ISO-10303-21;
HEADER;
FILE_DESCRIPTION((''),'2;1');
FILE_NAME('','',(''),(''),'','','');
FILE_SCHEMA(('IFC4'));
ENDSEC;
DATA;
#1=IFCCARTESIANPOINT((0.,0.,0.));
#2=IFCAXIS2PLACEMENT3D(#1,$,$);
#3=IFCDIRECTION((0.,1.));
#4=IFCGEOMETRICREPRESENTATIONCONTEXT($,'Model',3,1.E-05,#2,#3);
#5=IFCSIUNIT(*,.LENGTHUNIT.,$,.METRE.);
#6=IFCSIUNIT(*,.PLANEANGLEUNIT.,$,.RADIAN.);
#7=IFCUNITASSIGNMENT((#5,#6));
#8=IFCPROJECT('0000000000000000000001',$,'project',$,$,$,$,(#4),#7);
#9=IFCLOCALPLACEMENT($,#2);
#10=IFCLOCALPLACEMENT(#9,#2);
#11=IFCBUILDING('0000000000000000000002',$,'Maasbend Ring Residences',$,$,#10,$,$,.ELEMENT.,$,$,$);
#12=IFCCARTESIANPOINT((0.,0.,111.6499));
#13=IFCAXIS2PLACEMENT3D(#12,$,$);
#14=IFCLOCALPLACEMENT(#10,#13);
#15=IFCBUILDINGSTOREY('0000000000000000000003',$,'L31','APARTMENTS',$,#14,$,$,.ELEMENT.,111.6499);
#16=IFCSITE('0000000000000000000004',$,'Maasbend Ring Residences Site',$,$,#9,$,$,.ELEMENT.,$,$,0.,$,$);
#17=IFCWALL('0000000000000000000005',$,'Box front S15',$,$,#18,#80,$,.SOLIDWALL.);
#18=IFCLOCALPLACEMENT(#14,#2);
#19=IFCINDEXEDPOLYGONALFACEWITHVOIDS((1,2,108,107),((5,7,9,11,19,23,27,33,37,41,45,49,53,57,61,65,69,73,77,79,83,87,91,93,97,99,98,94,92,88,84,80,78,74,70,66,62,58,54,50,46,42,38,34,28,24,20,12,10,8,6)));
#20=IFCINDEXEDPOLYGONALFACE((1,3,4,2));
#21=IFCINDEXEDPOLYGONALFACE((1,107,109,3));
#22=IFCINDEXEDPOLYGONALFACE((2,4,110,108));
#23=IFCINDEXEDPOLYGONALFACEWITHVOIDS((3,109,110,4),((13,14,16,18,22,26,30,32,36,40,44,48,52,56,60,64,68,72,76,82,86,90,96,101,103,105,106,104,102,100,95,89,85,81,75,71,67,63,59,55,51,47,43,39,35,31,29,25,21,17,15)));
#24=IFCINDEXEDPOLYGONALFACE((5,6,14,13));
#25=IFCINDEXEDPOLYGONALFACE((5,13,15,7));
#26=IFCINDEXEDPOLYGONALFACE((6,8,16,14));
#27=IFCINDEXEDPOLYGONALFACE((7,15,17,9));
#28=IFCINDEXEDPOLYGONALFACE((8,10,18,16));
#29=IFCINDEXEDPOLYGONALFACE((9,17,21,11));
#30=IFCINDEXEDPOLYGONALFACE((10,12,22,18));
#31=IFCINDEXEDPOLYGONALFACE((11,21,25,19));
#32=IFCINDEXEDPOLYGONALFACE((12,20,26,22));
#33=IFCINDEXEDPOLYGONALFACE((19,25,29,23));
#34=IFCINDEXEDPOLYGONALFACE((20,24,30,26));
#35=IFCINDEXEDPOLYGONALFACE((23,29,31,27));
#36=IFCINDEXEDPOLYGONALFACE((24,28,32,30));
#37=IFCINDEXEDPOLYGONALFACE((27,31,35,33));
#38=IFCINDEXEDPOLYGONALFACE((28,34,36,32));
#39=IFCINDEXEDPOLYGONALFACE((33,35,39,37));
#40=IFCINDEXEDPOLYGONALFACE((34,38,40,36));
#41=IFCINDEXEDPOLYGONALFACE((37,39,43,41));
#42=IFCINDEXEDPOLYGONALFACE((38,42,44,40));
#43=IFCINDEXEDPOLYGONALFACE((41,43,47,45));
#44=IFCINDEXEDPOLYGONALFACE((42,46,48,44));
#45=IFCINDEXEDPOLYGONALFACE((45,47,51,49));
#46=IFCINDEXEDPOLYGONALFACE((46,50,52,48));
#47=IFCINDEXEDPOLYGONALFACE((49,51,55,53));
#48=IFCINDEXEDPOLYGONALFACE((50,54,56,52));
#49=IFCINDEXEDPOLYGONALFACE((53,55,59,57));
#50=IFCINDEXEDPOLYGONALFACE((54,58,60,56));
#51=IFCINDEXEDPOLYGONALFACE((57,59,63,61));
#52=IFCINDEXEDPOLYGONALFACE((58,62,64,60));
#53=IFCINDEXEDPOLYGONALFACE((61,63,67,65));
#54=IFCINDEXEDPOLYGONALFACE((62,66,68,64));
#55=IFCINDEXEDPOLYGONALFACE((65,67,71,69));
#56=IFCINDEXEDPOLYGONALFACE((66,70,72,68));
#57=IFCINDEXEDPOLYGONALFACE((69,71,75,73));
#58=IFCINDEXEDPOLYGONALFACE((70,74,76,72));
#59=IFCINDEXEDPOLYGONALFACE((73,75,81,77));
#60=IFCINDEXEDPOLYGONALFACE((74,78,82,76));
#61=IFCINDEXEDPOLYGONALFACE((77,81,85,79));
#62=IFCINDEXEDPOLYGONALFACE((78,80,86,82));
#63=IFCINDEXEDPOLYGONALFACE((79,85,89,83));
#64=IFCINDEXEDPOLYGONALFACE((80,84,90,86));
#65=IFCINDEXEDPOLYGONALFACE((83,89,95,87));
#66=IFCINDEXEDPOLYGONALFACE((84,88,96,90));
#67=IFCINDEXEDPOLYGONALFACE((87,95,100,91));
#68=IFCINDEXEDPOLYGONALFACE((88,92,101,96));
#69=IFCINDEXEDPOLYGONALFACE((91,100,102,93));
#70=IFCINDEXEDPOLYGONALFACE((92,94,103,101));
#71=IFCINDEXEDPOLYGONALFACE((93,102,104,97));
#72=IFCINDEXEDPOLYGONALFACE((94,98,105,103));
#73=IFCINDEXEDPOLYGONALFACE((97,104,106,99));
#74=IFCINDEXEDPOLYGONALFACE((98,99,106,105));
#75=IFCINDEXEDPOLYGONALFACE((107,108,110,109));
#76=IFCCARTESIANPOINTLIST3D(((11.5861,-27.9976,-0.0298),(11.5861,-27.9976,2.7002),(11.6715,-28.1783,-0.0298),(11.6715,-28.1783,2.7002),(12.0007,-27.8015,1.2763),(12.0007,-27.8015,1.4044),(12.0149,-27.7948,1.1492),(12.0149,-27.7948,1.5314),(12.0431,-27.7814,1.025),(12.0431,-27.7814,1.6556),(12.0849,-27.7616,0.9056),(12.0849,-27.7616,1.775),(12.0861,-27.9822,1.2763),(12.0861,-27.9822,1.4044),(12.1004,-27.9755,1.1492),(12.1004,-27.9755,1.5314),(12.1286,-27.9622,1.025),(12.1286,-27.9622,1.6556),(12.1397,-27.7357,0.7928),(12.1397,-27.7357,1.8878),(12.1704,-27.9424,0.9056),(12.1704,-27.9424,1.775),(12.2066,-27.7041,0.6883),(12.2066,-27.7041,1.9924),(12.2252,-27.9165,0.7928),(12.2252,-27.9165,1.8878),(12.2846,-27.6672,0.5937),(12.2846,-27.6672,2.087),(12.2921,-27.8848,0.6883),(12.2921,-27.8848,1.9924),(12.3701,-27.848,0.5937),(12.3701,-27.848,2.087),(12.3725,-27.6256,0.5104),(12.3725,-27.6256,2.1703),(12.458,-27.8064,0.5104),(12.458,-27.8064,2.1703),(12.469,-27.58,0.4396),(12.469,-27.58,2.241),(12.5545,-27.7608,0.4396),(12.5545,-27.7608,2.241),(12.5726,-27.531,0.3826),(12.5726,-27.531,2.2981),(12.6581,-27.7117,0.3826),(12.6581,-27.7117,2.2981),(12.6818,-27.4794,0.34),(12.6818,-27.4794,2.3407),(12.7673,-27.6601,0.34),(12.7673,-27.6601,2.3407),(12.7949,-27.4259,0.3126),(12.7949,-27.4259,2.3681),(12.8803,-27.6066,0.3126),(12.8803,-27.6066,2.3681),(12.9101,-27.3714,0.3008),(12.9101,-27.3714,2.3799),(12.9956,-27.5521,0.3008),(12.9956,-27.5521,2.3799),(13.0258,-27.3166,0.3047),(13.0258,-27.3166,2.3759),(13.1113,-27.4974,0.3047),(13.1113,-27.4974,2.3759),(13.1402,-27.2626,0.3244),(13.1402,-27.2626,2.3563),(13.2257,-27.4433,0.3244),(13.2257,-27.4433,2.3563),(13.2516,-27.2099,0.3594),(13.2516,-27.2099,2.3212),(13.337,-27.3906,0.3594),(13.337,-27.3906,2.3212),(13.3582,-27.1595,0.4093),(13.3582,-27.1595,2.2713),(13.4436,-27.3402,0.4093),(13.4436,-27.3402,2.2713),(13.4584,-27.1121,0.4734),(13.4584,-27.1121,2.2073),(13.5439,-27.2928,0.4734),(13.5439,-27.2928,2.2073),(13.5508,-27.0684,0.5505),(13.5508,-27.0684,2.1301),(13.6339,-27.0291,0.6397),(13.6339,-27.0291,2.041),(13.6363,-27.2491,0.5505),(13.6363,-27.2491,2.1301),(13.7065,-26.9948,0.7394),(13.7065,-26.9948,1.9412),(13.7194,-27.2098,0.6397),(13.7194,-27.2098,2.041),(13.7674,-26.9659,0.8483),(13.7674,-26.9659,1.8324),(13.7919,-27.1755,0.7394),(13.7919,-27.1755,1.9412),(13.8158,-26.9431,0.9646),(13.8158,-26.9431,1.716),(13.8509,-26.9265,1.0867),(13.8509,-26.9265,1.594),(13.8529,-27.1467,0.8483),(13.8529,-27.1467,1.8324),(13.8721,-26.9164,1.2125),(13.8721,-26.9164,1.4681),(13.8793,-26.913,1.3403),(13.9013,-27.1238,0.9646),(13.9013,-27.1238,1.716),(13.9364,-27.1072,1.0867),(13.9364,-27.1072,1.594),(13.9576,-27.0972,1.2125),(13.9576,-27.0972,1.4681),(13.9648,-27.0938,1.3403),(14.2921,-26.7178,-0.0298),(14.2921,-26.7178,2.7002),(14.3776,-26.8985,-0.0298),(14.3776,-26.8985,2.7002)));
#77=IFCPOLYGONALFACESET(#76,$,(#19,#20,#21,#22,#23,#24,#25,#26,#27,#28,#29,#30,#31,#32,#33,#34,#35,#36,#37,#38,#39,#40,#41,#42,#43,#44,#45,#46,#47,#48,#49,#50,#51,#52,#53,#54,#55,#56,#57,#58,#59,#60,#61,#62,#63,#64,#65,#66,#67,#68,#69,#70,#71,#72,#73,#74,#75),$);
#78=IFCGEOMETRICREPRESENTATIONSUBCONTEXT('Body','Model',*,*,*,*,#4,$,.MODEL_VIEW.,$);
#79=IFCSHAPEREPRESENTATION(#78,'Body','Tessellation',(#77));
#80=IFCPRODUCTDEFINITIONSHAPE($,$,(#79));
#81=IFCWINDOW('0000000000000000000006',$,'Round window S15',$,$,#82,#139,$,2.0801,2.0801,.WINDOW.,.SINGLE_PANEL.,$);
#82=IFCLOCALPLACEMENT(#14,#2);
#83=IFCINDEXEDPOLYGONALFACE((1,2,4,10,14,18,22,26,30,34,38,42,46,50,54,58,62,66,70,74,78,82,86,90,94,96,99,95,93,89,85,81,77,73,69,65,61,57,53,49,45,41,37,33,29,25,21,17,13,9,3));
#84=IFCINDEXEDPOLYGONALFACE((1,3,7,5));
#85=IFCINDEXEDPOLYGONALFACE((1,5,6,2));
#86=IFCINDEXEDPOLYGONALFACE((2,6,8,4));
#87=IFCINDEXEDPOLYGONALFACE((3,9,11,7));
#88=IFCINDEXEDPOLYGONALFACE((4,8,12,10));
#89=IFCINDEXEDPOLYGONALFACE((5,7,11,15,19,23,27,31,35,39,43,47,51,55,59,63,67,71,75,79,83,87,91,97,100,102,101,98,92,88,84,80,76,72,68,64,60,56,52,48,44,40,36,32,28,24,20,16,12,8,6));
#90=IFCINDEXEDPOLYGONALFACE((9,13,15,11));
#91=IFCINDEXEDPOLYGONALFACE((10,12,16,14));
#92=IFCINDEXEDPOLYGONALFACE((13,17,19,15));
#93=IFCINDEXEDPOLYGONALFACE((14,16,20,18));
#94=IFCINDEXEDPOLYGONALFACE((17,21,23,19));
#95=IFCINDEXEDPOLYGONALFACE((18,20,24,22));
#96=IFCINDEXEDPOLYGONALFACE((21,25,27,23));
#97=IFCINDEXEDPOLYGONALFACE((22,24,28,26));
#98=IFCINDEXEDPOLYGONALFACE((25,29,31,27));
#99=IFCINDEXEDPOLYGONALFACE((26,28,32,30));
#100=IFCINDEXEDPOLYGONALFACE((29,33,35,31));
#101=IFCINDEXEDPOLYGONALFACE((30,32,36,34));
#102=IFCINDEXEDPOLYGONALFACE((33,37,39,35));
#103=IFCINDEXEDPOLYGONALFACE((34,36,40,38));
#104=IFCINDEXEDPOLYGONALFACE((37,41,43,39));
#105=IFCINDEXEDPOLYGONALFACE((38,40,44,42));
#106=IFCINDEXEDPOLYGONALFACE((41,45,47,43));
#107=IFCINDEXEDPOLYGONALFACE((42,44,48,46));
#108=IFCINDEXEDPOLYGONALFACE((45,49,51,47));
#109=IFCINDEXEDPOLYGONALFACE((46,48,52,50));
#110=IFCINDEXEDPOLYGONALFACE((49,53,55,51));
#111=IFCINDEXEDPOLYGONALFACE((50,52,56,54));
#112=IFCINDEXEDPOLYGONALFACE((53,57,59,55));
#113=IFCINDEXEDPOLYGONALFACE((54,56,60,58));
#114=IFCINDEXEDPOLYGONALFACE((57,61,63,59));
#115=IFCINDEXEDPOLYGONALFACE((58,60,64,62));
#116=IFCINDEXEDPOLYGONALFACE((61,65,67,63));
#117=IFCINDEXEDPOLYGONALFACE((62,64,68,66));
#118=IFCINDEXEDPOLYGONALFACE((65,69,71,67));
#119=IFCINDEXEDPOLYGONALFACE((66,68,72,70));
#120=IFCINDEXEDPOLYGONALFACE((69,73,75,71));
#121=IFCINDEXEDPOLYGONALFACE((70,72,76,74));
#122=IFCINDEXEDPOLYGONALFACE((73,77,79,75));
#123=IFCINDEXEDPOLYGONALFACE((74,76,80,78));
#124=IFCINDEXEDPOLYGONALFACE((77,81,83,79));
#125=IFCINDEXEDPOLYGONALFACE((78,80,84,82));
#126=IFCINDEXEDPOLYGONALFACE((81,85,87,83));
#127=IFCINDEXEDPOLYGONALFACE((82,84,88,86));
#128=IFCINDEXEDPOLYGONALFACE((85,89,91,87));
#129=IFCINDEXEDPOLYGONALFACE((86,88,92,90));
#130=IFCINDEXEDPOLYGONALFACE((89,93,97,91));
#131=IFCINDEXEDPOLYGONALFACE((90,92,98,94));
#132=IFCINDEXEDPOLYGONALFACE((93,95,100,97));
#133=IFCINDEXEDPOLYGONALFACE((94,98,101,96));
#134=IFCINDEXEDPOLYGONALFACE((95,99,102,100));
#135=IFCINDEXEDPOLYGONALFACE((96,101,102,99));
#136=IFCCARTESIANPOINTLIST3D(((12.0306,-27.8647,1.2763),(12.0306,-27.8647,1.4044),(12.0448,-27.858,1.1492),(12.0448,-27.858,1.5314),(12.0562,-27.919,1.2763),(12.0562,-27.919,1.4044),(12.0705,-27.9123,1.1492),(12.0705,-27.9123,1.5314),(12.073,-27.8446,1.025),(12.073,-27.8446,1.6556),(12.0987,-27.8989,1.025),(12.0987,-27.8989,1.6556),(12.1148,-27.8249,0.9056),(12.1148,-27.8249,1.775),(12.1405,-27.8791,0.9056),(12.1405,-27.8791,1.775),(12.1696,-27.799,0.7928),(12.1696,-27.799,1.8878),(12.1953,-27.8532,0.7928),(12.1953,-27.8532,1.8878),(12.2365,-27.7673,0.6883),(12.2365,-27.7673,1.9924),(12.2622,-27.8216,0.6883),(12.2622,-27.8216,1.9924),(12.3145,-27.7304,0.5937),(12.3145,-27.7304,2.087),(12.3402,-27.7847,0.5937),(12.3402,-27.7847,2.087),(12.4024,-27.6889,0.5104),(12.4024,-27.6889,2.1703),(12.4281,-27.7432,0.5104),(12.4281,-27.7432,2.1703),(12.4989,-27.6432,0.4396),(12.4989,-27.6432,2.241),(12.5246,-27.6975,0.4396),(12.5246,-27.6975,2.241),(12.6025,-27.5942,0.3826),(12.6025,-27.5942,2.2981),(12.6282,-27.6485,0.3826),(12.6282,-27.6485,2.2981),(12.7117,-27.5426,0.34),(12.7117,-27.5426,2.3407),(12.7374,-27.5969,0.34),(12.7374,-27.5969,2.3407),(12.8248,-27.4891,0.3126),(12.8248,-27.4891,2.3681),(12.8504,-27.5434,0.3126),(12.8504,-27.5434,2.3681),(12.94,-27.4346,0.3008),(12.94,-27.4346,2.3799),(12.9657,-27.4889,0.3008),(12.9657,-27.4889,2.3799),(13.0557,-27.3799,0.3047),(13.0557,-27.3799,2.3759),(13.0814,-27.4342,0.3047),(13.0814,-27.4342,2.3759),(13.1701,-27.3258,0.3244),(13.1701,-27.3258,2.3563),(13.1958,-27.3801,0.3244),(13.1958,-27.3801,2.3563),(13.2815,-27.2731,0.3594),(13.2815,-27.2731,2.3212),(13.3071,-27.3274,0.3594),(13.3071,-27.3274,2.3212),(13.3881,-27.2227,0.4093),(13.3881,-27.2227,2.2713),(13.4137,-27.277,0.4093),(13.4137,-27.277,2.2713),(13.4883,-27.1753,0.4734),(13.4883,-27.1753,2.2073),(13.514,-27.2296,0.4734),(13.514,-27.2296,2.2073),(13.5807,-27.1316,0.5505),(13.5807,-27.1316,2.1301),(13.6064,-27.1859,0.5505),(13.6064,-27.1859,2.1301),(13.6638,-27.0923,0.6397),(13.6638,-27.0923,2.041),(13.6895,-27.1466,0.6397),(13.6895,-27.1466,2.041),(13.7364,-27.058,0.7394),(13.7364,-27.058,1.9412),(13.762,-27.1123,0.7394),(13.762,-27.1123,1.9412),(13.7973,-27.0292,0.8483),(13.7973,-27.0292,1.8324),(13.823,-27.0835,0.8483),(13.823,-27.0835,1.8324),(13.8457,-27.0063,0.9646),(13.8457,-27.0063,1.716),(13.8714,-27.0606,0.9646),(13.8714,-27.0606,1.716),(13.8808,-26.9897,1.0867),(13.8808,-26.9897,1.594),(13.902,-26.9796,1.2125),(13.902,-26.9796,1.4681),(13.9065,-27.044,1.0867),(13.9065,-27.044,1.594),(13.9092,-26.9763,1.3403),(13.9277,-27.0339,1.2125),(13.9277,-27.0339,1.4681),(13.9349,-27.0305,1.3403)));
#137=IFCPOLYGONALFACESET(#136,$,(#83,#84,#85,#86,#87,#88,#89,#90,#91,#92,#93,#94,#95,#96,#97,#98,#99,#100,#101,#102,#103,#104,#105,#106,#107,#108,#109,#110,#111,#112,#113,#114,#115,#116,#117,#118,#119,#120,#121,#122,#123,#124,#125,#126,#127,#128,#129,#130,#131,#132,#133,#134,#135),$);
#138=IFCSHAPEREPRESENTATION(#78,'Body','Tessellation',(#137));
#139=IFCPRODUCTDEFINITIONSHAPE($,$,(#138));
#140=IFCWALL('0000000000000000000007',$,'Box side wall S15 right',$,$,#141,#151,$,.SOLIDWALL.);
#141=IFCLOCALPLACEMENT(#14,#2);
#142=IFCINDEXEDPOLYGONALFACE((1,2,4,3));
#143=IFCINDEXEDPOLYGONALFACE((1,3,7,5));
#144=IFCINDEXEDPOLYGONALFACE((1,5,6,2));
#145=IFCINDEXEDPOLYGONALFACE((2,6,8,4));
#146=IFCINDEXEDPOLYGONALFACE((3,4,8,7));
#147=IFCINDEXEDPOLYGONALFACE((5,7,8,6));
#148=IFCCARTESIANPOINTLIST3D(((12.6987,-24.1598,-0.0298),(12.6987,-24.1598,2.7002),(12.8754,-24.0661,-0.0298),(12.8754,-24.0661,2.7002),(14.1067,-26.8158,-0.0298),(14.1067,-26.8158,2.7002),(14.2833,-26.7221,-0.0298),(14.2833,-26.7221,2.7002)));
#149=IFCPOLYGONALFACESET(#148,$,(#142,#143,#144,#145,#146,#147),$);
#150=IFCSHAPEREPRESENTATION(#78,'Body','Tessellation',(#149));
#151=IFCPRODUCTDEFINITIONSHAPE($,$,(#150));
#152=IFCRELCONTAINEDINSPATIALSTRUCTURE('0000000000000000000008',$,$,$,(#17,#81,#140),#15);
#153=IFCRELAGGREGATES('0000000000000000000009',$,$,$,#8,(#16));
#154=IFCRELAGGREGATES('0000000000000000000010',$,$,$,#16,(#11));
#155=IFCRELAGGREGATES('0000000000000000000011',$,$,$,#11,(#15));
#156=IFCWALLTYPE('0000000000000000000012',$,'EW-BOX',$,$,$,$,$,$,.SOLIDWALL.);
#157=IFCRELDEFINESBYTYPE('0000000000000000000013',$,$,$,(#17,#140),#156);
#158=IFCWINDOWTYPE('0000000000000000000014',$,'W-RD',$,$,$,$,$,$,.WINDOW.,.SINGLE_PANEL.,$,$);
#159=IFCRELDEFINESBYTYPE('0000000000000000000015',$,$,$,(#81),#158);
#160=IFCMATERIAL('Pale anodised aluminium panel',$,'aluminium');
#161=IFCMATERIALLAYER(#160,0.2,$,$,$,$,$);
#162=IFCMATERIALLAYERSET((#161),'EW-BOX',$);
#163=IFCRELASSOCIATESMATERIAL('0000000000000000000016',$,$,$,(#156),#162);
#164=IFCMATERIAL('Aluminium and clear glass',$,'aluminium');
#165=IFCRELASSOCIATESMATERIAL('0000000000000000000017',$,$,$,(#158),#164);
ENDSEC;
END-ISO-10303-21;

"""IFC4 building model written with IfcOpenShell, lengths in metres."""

from ifc_helpers import new_model, si_unit, direction, frame, frame_2d, origin, place, context, subcontext, project, spatial, rectangle, circle, extrude, material, layer, layer_set, type_object, element, fill, save


model = new_model("IFC4")

# Units and contexts
model_context = context("Model", 3, precision=1e-05, world=origin(), true_north=direction((0.0, 1.0)))
body_context = subcontext(model_context, "Body", "Model", "MODEL_VIEW")
ifc_project = project(units=[si_unit("LENGTHUNIT", "METRE"), si_unit("PLANEANGLEUNIT", "RADIAN")], contexts=[model_context])

# Site, building, storey
site_placement = place(None, origin())
site = spatial("IfcSite", under=ifc_project, at=site_placement, Name="Maasbend Ring Residences Site", CompositionType="ELEMENT", RefElevation=0.0)
building_placement = place(site_placement, origin())
building = spatial("IfcBuilding", under=site, at=building_placement, Name="Maasbend Ring Residences", CompositionType="ELEMENT")
storey_placement = place(building_placement, frame((0.0, 0.0, 111.6499)))
storey = spatial("IfcBuildingStorey", under=building, at=storey_placement, Name="L31", Description="APARTMENTS", CompositionType="ELEMENT", Elevation=111.6499)

# Wall, opening, window
ifc_material_1 = material(Name="Pale anodised aluminium panel", Category="aluminium")
ifc_layer_1 = layer(ifc_material_1, 0.2)
ifc_layer_set_1 = layer_set([ifc_layer_1], Name="EW-BOX")
wall_type_1 = type_object("IfcWallType", Name="EW-BOX", PredefinedType="SOLIDWALL", material=ifc_layer_set_1)
wall_1_placement = place(storey_placement, frame((11.6289, -28.0879, -0.0298), z_axis=(0.0, 0.0, 1.0), x_axis=(0.904, 0.427532, 0.0)))
wall_1 = element("IfcWall", 1, at=wall_1_placement, inside=storey, type_object=wall_type_1, Name="Box front S15", PredefinedType="SOLIDWALL", context=body_context, shape_type="SweptSolid", body=[
    extrude(rectangle(XDim=2.9934, YDim=0.2, at=frame_2d((1.4966, 0.0))), origin(), (0.0, 0.0, 1.0), 2.73),
])
opening_1_placement = place(wall_1_placement, frame((0.4565, 0.0, 0.3301)))
opening_1 = element("IfcOpeningElement", 2, at=opening_1_placement, cuts=wall_1, PredefinedType="OPENING", context=body_context, shape_type="SweptSolid", body=[
    extrude(circle(Radius=1.04, at=frame_2d((1.04, 1.04))), frame((0.0, 0.1099, 0.0), z_axis=(0.0, -1.0, 0.0), x_axis=(1.0, 0.0, 0.0)), (0.0, 0.0, 1.0), 0.22),
])
ifc_material_2 = material(Name="Aluminium and clear glass", Category="aluminium")
window_type_1 = type_object("IfcWindowType", Name="W-RD", PartitioningType="SINGLE_PANEL", PredefinedType="WINDOW", material=ifc_material_2)
window_1_placement = place(opening_1_placement, origin())
window_1 = element("IfcWindow", 3, at=window_1_placement, inside=storey, type_object=window_type_1, Name="Round window S15", OverallHeight=2.0801, OverallWidth=2.0801, PartitioningType="SINGLE_PANEL", PredefinedType="WINDOW", context=body_context, shape_type="SweptSolid", body=[
    extrude(circle(Radius=1.04, at=frame_2d((1.04, 1.04))), frame((0.0, 0.03, 0.0), z_axis=(0.0, -1.0, 0.0), x_axis=(1.0, 0.0, 0.0)), (0.0, 0.0, 1.0), 0.0601),
])
fill(opening_1, window_1)

# Wall
wall_2_placement = place(storey_placement, frame((12.7871, -24.113, -0.0298), z_axis=(0.0, 0.0, 1.0), x_axis=(0.468365, -0.883535, 0.0)))
element("IfcWall", 4, at=wall_2_placement, inside=storey, type_object=wall_type_1, Name="Box side wall S15 right", PredefinedType="SOLIDWALL", context=body_context, shape_type="SweptSolid", body=[
    extrude(rectangle(XDim=3.0061, YDim=0.2, at=frame_2d((1.5029, 0.0))), origin(), (0.0, 0.0, 1.0), 2.73),
])

save(model, "model.ifc")
